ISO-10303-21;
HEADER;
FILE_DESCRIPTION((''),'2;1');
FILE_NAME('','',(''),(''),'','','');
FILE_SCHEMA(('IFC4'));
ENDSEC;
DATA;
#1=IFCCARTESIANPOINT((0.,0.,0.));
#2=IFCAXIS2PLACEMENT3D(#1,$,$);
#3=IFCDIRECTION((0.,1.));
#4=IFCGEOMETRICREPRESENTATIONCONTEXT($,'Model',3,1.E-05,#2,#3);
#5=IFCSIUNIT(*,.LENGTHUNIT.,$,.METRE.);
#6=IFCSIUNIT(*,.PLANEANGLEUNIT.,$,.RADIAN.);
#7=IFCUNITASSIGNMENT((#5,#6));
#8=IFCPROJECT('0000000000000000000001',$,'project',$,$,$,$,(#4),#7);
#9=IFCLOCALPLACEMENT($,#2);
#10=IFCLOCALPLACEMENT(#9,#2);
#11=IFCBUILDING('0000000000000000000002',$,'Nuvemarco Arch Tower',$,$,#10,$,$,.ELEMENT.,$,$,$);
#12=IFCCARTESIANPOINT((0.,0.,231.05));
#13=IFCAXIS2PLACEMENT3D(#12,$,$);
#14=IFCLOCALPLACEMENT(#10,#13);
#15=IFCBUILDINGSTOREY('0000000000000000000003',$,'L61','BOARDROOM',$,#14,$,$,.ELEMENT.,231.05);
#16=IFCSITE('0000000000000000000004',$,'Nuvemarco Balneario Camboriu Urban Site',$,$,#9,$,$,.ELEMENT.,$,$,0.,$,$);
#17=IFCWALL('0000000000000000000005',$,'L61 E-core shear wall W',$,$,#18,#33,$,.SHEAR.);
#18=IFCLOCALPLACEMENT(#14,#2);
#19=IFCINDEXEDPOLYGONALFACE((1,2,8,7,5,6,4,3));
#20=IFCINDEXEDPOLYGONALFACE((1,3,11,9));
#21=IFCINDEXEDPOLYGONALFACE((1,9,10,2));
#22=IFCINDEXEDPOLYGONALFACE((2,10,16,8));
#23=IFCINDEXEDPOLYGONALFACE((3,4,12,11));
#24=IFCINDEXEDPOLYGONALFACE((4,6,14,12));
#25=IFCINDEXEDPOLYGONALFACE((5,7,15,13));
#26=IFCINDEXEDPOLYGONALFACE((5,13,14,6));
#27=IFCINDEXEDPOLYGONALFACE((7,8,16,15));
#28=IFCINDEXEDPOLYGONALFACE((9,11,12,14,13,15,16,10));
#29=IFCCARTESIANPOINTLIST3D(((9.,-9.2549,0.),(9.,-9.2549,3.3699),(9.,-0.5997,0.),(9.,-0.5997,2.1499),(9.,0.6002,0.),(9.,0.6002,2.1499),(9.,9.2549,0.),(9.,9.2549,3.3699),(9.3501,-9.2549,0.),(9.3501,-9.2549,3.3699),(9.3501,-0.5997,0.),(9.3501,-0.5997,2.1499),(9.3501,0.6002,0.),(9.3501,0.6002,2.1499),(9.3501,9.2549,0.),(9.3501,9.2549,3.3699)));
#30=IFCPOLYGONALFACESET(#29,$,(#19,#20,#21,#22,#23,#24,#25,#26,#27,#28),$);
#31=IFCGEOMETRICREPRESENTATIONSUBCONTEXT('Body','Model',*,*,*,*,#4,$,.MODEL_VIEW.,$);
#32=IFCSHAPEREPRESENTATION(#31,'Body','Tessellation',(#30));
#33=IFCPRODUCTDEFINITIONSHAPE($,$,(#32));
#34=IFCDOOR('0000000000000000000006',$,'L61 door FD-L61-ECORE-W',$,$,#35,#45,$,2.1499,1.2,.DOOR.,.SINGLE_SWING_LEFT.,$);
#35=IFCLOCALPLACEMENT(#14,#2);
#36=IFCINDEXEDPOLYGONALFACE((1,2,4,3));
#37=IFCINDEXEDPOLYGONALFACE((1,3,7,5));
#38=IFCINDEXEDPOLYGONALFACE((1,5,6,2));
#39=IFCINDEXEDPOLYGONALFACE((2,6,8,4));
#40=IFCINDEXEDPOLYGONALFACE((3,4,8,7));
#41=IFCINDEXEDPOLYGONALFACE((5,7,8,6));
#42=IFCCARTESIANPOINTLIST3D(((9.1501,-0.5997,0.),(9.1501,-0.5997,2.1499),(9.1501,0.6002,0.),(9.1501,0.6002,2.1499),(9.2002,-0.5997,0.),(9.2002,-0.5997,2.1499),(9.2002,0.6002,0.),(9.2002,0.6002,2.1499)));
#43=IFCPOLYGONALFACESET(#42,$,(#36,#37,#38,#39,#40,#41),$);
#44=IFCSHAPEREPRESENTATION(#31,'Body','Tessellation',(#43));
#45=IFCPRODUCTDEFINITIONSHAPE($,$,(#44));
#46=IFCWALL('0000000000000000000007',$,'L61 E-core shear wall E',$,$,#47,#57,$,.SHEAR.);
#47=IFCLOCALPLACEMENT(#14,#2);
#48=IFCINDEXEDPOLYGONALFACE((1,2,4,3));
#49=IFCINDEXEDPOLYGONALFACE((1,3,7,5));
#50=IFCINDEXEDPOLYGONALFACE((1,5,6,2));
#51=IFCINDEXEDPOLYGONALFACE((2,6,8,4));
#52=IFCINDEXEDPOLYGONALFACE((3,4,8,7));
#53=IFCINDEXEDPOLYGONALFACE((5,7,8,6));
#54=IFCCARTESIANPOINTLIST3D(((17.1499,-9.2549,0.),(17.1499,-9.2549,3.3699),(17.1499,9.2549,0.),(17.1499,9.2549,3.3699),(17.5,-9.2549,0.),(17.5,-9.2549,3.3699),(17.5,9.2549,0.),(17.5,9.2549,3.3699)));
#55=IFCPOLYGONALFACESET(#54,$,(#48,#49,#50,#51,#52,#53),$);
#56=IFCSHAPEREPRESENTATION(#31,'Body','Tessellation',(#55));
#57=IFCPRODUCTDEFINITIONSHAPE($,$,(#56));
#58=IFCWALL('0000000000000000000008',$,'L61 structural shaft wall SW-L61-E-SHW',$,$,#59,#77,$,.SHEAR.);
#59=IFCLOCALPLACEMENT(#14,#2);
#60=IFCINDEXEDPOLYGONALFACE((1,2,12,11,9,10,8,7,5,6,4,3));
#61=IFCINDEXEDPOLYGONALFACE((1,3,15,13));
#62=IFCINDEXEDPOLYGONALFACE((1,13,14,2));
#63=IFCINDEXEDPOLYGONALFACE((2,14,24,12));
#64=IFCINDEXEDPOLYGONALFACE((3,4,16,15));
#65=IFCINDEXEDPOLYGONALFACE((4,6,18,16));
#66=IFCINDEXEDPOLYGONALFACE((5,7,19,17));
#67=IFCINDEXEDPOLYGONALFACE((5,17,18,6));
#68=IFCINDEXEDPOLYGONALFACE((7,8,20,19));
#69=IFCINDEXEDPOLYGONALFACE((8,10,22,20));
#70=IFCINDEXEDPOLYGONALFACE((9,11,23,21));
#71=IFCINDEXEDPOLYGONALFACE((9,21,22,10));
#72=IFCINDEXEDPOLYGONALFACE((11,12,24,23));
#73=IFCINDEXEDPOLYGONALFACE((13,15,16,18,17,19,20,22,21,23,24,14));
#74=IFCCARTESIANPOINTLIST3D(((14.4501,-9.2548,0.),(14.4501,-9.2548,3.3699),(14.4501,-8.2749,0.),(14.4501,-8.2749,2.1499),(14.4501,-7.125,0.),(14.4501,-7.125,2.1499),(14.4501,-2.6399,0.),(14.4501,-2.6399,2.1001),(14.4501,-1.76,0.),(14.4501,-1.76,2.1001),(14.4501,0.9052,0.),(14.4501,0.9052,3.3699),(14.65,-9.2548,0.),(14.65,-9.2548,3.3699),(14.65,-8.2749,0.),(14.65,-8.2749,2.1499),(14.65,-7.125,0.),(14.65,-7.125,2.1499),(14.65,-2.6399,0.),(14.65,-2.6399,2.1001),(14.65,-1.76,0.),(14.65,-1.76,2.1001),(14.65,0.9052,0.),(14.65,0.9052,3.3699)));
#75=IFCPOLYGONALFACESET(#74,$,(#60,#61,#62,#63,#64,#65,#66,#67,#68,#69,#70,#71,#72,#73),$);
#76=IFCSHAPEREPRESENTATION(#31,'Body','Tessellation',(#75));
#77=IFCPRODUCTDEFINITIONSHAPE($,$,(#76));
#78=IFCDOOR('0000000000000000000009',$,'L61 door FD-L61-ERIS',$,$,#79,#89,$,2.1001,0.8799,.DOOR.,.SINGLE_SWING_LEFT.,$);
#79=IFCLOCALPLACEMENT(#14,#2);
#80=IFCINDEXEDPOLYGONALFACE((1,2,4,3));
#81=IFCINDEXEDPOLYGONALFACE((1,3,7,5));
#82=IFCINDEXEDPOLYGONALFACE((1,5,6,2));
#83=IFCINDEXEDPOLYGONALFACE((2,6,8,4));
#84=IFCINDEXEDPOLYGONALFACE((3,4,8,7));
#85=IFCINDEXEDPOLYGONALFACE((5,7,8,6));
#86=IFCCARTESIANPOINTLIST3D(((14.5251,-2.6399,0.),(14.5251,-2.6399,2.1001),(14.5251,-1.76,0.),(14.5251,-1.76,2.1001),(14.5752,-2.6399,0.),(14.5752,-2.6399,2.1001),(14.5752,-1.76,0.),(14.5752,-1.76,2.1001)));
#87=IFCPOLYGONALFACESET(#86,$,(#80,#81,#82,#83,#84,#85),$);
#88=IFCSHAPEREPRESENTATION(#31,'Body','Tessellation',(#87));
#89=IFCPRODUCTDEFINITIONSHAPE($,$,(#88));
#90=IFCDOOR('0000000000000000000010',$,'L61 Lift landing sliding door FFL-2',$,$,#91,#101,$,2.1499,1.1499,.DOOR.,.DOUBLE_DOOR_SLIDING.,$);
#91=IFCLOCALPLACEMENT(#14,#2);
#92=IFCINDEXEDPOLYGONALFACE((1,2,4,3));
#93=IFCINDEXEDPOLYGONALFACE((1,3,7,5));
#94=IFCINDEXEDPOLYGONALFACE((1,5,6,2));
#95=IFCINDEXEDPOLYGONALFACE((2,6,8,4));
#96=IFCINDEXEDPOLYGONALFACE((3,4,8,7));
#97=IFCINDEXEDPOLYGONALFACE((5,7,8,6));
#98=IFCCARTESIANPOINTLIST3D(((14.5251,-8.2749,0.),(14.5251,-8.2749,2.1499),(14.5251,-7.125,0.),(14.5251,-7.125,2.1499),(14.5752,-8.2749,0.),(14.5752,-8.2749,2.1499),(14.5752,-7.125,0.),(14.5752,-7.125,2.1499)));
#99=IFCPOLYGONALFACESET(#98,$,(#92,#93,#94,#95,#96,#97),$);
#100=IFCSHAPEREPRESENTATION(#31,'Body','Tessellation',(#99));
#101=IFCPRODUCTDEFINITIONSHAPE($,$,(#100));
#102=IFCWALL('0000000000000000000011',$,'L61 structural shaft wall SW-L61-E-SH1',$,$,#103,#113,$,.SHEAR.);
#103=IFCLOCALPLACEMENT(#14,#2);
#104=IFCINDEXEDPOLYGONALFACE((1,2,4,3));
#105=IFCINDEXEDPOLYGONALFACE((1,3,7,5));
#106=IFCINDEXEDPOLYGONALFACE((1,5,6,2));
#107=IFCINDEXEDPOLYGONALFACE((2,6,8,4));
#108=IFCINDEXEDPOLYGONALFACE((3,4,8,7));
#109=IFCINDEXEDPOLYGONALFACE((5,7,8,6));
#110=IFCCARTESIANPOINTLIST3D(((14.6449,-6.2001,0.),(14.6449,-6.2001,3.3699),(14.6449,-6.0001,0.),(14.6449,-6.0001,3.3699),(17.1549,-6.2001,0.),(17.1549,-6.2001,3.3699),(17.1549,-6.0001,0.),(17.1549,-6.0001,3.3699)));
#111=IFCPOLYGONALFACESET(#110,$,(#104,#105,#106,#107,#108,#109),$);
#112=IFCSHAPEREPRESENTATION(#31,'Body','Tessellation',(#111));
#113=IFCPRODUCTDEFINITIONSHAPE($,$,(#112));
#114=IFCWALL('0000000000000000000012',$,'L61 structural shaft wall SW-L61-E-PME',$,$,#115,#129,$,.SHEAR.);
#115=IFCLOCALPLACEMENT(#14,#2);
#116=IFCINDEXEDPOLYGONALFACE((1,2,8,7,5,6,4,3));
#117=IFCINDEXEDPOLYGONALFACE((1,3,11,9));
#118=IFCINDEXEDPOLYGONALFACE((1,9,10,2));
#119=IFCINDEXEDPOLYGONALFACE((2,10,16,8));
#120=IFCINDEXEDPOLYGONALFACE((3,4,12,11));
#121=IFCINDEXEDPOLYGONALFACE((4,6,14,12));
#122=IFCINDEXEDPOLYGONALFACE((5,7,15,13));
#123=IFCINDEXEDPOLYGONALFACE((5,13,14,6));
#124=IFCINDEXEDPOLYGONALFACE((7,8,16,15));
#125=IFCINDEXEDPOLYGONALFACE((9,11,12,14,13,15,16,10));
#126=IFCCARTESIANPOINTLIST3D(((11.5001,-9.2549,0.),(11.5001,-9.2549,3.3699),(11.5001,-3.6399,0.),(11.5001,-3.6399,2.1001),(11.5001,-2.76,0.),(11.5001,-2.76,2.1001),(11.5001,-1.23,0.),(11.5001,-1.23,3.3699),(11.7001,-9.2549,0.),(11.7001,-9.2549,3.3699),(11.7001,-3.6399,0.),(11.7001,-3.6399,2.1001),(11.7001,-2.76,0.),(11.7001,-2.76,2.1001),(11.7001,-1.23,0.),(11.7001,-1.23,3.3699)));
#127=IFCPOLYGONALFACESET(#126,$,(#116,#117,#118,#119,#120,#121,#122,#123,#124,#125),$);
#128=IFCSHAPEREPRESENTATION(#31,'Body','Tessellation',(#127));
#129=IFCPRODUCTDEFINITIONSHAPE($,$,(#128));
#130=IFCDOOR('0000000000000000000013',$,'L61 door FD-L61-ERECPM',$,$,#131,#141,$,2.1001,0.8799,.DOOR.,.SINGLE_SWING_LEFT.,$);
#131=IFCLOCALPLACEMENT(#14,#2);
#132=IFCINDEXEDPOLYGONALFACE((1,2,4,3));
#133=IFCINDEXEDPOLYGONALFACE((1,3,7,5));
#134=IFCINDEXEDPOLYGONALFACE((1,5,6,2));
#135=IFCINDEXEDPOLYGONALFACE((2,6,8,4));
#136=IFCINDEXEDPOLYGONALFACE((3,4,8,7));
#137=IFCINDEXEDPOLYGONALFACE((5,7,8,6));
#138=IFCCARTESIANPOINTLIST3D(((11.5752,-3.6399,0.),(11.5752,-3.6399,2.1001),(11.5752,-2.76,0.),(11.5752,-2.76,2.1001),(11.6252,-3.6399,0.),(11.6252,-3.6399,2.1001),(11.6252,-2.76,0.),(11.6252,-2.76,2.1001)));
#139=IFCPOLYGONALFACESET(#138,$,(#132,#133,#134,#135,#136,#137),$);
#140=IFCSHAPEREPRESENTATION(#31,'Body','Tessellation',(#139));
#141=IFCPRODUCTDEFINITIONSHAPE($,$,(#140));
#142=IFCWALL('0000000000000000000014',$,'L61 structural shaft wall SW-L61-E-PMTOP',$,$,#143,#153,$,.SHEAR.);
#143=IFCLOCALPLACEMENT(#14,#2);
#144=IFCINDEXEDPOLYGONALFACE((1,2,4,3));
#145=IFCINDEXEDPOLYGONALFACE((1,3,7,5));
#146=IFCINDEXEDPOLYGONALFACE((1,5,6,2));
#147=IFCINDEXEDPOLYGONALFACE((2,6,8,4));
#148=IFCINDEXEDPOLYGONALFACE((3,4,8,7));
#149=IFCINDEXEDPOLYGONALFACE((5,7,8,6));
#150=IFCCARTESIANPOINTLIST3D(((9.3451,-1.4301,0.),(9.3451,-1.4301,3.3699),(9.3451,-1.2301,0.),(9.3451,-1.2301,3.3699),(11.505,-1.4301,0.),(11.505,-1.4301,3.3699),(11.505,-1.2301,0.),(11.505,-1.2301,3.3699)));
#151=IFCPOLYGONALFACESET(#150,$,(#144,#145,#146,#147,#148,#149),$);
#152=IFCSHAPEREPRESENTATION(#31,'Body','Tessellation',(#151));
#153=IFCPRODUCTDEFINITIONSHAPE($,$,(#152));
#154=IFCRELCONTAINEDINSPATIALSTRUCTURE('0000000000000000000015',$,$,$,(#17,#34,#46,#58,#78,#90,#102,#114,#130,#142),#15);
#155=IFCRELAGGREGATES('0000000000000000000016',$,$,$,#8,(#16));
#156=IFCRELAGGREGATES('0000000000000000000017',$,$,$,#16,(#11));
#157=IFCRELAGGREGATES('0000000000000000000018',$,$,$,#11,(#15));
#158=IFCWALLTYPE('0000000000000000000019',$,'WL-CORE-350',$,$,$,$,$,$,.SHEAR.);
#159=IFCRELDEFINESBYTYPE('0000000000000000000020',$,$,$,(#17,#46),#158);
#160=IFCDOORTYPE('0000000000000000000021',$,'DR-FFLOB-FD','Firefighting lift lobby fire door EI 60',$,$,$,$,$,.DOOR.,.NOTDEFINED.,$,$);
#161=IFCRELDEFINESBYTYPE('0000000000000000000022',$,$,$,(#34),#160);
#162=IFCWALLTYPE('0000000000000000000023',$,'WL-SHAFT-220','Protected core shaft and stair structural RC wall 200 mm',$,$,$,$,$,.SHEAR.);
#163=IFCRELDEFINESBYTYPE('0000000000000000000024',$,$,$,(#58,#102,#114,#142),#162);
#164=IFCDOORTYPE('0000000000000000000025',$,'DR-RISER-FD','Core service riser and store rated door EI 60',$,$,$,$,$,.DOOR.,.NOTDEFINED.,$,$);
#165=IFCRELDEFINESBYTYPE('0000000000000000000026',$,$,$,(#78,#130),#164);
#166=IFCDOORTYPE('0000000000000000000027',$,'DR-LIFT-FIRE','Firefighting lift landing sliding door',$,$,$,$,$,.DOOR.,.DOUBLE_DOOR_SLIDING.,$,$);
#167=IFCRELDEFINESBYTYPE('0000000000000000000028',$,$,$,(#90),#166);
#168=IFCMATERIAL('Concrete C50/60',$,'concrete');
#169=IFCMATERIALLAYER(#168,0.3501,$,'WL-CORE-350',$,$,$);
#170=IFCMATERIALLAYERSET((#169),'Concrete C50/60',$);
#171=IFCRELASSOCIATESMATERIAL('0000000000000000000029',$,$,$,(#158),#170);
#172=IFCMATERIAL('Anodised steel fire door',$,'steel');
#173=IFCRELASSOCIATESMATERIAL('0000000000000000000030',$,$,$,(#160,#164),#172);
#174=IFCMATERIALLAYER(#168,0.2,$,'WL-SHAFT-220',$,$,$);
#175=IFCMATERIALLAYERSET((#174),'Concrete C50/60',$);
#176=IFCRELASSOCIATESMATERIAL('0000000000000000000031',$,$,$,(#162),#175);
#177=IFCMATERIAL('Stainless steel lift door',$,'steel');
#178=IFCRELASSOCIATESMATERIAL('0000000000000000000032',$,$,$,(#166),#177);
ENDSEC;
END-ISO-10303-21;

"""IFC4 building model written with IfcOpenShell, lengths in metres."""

from ifc_helpers import new_model, si_unit, direction, frame, frame_2d, origin, place, context, subcontext, project, spatial, rectangle, extrude, source, transform, mapped, material, layer, layer_set, type_object, type_shapes, element, fill, save


model = new_model("IFC4")

# Units and contexts
model_context = context("Model", 3, precision=1e-05, world=origin(), true_north=direction((0.0, 1.0)))
body_context = subcontext(model_context, "Body", "Model", "MODEL_VIEW")
ifc_project = project(units=[si_unit("LENGTHUNIT", "METRE"), si_unit("PLANEANGLEUNIT", "RADIAN")], contexts=[model_context])

# Site, building, storey
site_placement = place(None, origin())
site = spatial("IfcSite", under=ifc_project, at=site_placement, Name="Nuvemarco Balneario Camboriu Urban Site", CompositionType="ELEMENT", RefElevation=0.0)
building_placement = place(site_placement, origin())
building = spatial("IfcBuilding", under=site, at=building_placement, Name="Nuvemarco Arch Tower", CompositionType="ELEMENT")
storey_placement = place(building_placement, frame((0.0, 0.0, 231.05)))
storey = spatial("IfcBuildingStorey", under=building, at=storey_placement, Name="L61", Description="BOARDROOM", CompositionType="ELEMENT", Elevation=231.05)

# Shared definitions
ifc_material_1 = material(Name="Concrete C50/60", Category="concrete")

# Shared definitions
ifc_layer_1 = layer(ifc_material_1, 0.3501, Name="WL-CORE-350")
ifc_layer_set_1 = layer_set([ifc_layer_1], Name="Concrete C50/60")
wall_type_1 = type_object("IfcWallType", Name="WL-CORE-350", PredefinedType="SHEAR", material=ifc_layer_set_1)

# Wall, opening, door
wall_1_placement = place(storey_placement, frame((9.175, -9.2549, 0.0), z_axis=(0.0, 0.0, 1.0), x_axis=(0.0, 1.0, 0.0)))
wall_1 = element("IfcWall", 1, at=wall_1_placement, inside=storey, type_object=wall_type_1, Name="L61 E-core shear wall W", PredefinedType="SHEAR", context=body_context, shape_type="SweptSolid", body=[
    extrude(rectangle(XDim=18.5098, YDim=0.3501, at=frame_2d((9.2549, 0.0))), origin(), (0.0, 0.0, 1.0), 3.3699),
])
opening_1_placement = place(wall_1_placement, frame((8.655, 0.0, 0.0)))
opening_1 = element("IfcOpeningElement", 2, at=opening_1_placement, cuts=wall_1, PredefinedType="OPENING", context=body_context, shape_type="SweptSolid", body=[
    extrude(rectangle(XDim=1.2, YDim=2.1499, at=frame_2d((0.6001, 1.075))), frame((0.0, 0.1851, 0.0), z_axis=(0.0, -1.0, 0.0), x_axis=(1.0, 0.0, 0.0)), (0.0, 0.0, 1.0), 0.3701),
])
ifc_material_2 = material(Name="Anodised steel fire door", Category="steel")
door_type_1 = type_object("IfcDoorType", Name="DR-FFLOB-FD", Description="Firefighting lift lobby fire door EI 60", OperationType="NOTDEFINED", PredefinedType="DOOR", material=ifc_material_2)
shared_shape_1 = source(origin(), body_context, "Body", "SweptSolid", [
    extrude(rectangle(XDim=1.2, YDim=2.1499, at=frame_2d((0.6001, 1.075))), frame((0.0, 0.0249, 0.0), z_axis=(0.0, -1.0, 0.0), x_axis=(1.0, 0.0, 0.0)), (0.0, 0.0, 1.0), 0.05),
])
type_shapes(door_type_1, [shared_shape_1])
door_1_placement = place(opening_1_placement, origin())
door_1 = element("IfcDoor", 3, at=door_1_placement, inside=storey, type_object=door_type_1, Name="L61 door FD-L61-ECORE-W", OperationType="SINGLE_SWING_LEFT", OverallHeight=2.1499, OverallWidth=1.2, PredefinedType="DOOR", context=body_context, shape_type="MappedRepresentation", body=[
    mapped(shared_shape_1, transform((0.0, 0.0, 0.0), scale=1.0)),
])
fill(opening_1, door_1)

# Wall
wall_2_placement = place(storey_placement, frame((17.325, -9.2549, 0.0), z_axis=(0.0, 0.0, 1.0), x_axis=(0.0, 1.0, 0.0)))
element("IfcWall", 4, at=wall_2_placement, inside=storey, type_object=wall_type_1, Name="L61 E-core shear wall E", PredefinedType="SHEAR", context=body_context, shape_type="SweptSolid", body=[
    extrude(rectangle(XDim=18.5098, YDim=0.3501, at=frame_2d((9.2549, 0.0))), origin(), (0.0, 0.0, 1.0), 3.3699),
])

# Wall, openings, doors
ifc_layer_2 = layer(ifc_material_1, 0.2, Name="WL-SHAFT-220")
ifc_layer_set_2 = layer_set([ifc_layer_2], Name="Concrete C50/60")
wall_type_2 = type_object("IfcWallType", Name="WL-SHAFT-220", Description="Protected core shaft and stair structural RC wall 200 mm", PredefinedType="SHEAR", material=ifc_layer_set_2)
wall_3_placement = place(storey_placement, frame((14.55, -9.2549, 0.0), z_axis=(0.0, 0.0, 1.0), x_axis=(0.0, 1.0, 0.0)))
wall_3 = element("IfcWall", 5, at=wall_3_placement, inside=storey, type_object=wall_type_2, Name="L61 structural shaft wall SW-L61-E-SHW", PredefinedType="SHEAR", context=body_context, shape_type="SweptSolid", body=[
    extrude(rectangle(XDim=10.1599, YDim=0.2, at=frame_2d((5.0801, 0.0))), origin(), (0.0, 0.0, 1.0), 3.3699),
])
opening_2_placement = place(wall_3_placement, frame((6.615, 0.0, 0.0)))
opening_2 = element("IfcOpeningElement", 6, at=opening_2_placement, cuts=wall_3, PredefinedType="OPENING", context=body_context, shape_type="SweptSolid", body=[
    extrude(rectangle(XDim=0.8799, YDim=2.1001, at=frame_2d((0.4399, 1.05))), frame((0.0, 0.1099, 0.0), z_axis=(0.0, -1.0, 0.0), x_axis=(1.0, 0.0, 0.0)), (0.0, 0.0, 1.0), 0.22),
])
opening_3_placement = place(wall_3_placement, frame((0.98, 0.0, 0.0)))
opening_3 = element("IfcOpeningElement", 7, at=opening_3_placement, cuts=wall_3, PredefinedType="OPENING", context=body_context, shape_type="SweptSolid", body=[
    extrude(rectangle(XDim=1.1499, YDim=2.1499, at=frame_2d((0.575, 1.075))), frame((0.0, 0.1099, 0.0), z_axis=(0.0, -1.0, 0.0), x_axis=(1.0, 0.0, 0.0)), (0.0, 0.0, 1.0), 0.22),
])
door_type_2 = type_object("IfcDoorType", Name="DR-RISER-FD", Description="Core service riser and store rated door EI 60", OperationType="NOTDEFINED", PredefinedType="DOOR", material=ifc_material_2)
shared_shape_2 = source(origin(), body_context, "Body", "SweptSolid", [
    extrude(rectangle(XDim=0.8799, YDim=2.1001, at=frame_2d((0.4399, 1.05))), frame((0.0, 0.0249, 0.0), z_axis=(0.0, -1.0, 0.0), x_axis=(1.0, 0.0, 0.0)), (0.0, 0.0, 1.0), 0.05),
])
type_shapes(door_type_2, [shared_shape_2])
door_2_placement = place(opening_2_placement, origin())
door_2 = element("IfcDoor", 8, at=door_2_placement, inside=storey, type_object=door_type_2, Name="L61 door FD-L61-ERIS", OperationType="SINGLE_SWING_LEFT", OverallHeight=2.1001, OverallWidth=0.8799, PredefinedType="DOOR", context=body_context, shape_type="MappedRepresentation", body=[
    mapped(shared_shape_2, transform((0.0, 0.0, 0.0), scale=1.0)),
])
fill(opening_2, door_2)
ifc_material_3 = material(Name="Stainless steel lift door", Category="steel")
door_type_3 = type_object("IfcDoorType", Name="DR-LIFT-FIRE", Description="Firefighting lift landing sliding door", OperationType="DOUBLE_DOOR_SLIDING", PredefinedType="DOOR", material=ifc_material_3)
shared_shape_3 = source(origin(), body_context, "Body", "SweptSolid", [
    extrude(rectangle(XDim=1.1499, YDim=2.1499, at=frame_2d((0.575, 1.075))), frame((0.0, 0.0249, 0.0), z_axis=(0.0, -1.0, 0.0), x_axis=(1.0, 0.0, 0.0)), (0.0, 0.0, 1.0), 0.05),
])
type_shapes(door_type_3, [shared_shape_3])
door_3_placement = place(opening_3_placement, origin())
door_3 = element("IfcDoor", 9, at=door_3_placement, inside=storey, type_object=door_type_3, Name="L61 Lift landing sliding door FFL-2", OperationType="DOUBLE_DOOR_SLIDING", OverallHeight=2.1499, OverallWidth=1.1499, PredefinedType="DOOR", context=body_context, shape_type="MappedRepresentation", body=[
    mapped(shared_shape_3, transform((0.0, 0.0, 0.0), scale=1.0)),
])
fill(opening_3, door_3)

# Wall
wall_4_placement = place(storey_placement, frame((14.645, -6.1001, 0.0), z_axis=(0.0, 0.0, 1.0), x_axis=(1.0, 0.0, 0.0)))
element("IfcWall", 10, at=wall_4_placement, inside=storey, type_object=wall_type_2, Name="L61 structural shaft wall SW-L61-E-SH1", PredefinedType="SHEAR", context=body_context, shape_type="SweptSolid", body=[
    extrude(rectangle(XDim=2.51, YDim=0.2, at=frame_2d((1.2549, 0.0))), origin(), (0.0, 0.0, 1.0), 3.3699),
])

# Wall, opening, door
wall_5_placement = place(storey_placement, frame((11.6001, -9.2549, 0.0), z_axis=(0.0, 0.0, 1.0), x_axis=(0.0, 1.0, 0.0)))
wall_5 = element("IfcWall", 11, at=wall_5_placement, inside=storey, type_object=wall_type_2, Name="L61 structural shaft wall SW-L61-E-PME", PredefinedType="SHEAR", context=body_context, shape_type="SweptSolid", body=[
    extrude(rectangle(XDim=8.0249, YDim=0.2, at=frame_2d((4.0125, 0.0))), origin(), (0.0, 0.0, 1.0), 3.3699),
])
opening_4_placement = place(wall_5_placement, frame((5.615, 0.0, 0.0)))
opening_4 = element("IfcOpeningElement", 12, at=opening_4_placement, cuts=wall_5, PredefinedType="OPENING", context=body_context, shape_type="SweptSolid", body=[
    extrude(rectangle(XDim=0.8799, YDim=2.1001, at=frame_2d((0.4399, 1.05))), frame((0.0, 0.1099, 0.0), z_axis=(0.0, -1.0, 0.0), x_axis=(1.0, 0.0, 0.0)), (0.0, 0.0, 1.0), 0.22),
])
door_4_placement = place(opening_4_placement, origin())
door_4 = element("IfcDoor", 13, at=door_4_placement, inside=storey, type_object=door_type_2, Name="L61 door FD-L61-ERECPM", OperationType="SINGLE_SWING_LEFT", OverallHeight=2.1001, OverallWidth=0.8799, PredefinedType="DOOR", context=body_context, shape_type="MappedRepresentation", body=[
    mapped(shared_shape_2, transform((0.0, 0.0, 0.0), scale=1.0)),
])
fill(opening_4, door_4)

# Wall
wall_6_placement = place(storey_placement, frame((9.345, -1.3301, 0.0), z_axis=(0.0, 0.0, 1.0), x_axis=(1.0, 0.0, 0.0)))
element("IfcWall", 14, at=wall_6_placement, inside=storey, type_object=wall_type_2, Name="L61 structural shaft wall SW-L61-E-PMTOP", PredefinedType="SHEAR", context=body_context, shape_type="SweptSolid", body=[
    extrude(rectangle(XDim=2.1599, YDim=0.2, at=frame_2d((1.0801, 0.0))), origin(), (0.0, 0.0, 1.0), 3.3699),
])

save(model, "model.ifc")
